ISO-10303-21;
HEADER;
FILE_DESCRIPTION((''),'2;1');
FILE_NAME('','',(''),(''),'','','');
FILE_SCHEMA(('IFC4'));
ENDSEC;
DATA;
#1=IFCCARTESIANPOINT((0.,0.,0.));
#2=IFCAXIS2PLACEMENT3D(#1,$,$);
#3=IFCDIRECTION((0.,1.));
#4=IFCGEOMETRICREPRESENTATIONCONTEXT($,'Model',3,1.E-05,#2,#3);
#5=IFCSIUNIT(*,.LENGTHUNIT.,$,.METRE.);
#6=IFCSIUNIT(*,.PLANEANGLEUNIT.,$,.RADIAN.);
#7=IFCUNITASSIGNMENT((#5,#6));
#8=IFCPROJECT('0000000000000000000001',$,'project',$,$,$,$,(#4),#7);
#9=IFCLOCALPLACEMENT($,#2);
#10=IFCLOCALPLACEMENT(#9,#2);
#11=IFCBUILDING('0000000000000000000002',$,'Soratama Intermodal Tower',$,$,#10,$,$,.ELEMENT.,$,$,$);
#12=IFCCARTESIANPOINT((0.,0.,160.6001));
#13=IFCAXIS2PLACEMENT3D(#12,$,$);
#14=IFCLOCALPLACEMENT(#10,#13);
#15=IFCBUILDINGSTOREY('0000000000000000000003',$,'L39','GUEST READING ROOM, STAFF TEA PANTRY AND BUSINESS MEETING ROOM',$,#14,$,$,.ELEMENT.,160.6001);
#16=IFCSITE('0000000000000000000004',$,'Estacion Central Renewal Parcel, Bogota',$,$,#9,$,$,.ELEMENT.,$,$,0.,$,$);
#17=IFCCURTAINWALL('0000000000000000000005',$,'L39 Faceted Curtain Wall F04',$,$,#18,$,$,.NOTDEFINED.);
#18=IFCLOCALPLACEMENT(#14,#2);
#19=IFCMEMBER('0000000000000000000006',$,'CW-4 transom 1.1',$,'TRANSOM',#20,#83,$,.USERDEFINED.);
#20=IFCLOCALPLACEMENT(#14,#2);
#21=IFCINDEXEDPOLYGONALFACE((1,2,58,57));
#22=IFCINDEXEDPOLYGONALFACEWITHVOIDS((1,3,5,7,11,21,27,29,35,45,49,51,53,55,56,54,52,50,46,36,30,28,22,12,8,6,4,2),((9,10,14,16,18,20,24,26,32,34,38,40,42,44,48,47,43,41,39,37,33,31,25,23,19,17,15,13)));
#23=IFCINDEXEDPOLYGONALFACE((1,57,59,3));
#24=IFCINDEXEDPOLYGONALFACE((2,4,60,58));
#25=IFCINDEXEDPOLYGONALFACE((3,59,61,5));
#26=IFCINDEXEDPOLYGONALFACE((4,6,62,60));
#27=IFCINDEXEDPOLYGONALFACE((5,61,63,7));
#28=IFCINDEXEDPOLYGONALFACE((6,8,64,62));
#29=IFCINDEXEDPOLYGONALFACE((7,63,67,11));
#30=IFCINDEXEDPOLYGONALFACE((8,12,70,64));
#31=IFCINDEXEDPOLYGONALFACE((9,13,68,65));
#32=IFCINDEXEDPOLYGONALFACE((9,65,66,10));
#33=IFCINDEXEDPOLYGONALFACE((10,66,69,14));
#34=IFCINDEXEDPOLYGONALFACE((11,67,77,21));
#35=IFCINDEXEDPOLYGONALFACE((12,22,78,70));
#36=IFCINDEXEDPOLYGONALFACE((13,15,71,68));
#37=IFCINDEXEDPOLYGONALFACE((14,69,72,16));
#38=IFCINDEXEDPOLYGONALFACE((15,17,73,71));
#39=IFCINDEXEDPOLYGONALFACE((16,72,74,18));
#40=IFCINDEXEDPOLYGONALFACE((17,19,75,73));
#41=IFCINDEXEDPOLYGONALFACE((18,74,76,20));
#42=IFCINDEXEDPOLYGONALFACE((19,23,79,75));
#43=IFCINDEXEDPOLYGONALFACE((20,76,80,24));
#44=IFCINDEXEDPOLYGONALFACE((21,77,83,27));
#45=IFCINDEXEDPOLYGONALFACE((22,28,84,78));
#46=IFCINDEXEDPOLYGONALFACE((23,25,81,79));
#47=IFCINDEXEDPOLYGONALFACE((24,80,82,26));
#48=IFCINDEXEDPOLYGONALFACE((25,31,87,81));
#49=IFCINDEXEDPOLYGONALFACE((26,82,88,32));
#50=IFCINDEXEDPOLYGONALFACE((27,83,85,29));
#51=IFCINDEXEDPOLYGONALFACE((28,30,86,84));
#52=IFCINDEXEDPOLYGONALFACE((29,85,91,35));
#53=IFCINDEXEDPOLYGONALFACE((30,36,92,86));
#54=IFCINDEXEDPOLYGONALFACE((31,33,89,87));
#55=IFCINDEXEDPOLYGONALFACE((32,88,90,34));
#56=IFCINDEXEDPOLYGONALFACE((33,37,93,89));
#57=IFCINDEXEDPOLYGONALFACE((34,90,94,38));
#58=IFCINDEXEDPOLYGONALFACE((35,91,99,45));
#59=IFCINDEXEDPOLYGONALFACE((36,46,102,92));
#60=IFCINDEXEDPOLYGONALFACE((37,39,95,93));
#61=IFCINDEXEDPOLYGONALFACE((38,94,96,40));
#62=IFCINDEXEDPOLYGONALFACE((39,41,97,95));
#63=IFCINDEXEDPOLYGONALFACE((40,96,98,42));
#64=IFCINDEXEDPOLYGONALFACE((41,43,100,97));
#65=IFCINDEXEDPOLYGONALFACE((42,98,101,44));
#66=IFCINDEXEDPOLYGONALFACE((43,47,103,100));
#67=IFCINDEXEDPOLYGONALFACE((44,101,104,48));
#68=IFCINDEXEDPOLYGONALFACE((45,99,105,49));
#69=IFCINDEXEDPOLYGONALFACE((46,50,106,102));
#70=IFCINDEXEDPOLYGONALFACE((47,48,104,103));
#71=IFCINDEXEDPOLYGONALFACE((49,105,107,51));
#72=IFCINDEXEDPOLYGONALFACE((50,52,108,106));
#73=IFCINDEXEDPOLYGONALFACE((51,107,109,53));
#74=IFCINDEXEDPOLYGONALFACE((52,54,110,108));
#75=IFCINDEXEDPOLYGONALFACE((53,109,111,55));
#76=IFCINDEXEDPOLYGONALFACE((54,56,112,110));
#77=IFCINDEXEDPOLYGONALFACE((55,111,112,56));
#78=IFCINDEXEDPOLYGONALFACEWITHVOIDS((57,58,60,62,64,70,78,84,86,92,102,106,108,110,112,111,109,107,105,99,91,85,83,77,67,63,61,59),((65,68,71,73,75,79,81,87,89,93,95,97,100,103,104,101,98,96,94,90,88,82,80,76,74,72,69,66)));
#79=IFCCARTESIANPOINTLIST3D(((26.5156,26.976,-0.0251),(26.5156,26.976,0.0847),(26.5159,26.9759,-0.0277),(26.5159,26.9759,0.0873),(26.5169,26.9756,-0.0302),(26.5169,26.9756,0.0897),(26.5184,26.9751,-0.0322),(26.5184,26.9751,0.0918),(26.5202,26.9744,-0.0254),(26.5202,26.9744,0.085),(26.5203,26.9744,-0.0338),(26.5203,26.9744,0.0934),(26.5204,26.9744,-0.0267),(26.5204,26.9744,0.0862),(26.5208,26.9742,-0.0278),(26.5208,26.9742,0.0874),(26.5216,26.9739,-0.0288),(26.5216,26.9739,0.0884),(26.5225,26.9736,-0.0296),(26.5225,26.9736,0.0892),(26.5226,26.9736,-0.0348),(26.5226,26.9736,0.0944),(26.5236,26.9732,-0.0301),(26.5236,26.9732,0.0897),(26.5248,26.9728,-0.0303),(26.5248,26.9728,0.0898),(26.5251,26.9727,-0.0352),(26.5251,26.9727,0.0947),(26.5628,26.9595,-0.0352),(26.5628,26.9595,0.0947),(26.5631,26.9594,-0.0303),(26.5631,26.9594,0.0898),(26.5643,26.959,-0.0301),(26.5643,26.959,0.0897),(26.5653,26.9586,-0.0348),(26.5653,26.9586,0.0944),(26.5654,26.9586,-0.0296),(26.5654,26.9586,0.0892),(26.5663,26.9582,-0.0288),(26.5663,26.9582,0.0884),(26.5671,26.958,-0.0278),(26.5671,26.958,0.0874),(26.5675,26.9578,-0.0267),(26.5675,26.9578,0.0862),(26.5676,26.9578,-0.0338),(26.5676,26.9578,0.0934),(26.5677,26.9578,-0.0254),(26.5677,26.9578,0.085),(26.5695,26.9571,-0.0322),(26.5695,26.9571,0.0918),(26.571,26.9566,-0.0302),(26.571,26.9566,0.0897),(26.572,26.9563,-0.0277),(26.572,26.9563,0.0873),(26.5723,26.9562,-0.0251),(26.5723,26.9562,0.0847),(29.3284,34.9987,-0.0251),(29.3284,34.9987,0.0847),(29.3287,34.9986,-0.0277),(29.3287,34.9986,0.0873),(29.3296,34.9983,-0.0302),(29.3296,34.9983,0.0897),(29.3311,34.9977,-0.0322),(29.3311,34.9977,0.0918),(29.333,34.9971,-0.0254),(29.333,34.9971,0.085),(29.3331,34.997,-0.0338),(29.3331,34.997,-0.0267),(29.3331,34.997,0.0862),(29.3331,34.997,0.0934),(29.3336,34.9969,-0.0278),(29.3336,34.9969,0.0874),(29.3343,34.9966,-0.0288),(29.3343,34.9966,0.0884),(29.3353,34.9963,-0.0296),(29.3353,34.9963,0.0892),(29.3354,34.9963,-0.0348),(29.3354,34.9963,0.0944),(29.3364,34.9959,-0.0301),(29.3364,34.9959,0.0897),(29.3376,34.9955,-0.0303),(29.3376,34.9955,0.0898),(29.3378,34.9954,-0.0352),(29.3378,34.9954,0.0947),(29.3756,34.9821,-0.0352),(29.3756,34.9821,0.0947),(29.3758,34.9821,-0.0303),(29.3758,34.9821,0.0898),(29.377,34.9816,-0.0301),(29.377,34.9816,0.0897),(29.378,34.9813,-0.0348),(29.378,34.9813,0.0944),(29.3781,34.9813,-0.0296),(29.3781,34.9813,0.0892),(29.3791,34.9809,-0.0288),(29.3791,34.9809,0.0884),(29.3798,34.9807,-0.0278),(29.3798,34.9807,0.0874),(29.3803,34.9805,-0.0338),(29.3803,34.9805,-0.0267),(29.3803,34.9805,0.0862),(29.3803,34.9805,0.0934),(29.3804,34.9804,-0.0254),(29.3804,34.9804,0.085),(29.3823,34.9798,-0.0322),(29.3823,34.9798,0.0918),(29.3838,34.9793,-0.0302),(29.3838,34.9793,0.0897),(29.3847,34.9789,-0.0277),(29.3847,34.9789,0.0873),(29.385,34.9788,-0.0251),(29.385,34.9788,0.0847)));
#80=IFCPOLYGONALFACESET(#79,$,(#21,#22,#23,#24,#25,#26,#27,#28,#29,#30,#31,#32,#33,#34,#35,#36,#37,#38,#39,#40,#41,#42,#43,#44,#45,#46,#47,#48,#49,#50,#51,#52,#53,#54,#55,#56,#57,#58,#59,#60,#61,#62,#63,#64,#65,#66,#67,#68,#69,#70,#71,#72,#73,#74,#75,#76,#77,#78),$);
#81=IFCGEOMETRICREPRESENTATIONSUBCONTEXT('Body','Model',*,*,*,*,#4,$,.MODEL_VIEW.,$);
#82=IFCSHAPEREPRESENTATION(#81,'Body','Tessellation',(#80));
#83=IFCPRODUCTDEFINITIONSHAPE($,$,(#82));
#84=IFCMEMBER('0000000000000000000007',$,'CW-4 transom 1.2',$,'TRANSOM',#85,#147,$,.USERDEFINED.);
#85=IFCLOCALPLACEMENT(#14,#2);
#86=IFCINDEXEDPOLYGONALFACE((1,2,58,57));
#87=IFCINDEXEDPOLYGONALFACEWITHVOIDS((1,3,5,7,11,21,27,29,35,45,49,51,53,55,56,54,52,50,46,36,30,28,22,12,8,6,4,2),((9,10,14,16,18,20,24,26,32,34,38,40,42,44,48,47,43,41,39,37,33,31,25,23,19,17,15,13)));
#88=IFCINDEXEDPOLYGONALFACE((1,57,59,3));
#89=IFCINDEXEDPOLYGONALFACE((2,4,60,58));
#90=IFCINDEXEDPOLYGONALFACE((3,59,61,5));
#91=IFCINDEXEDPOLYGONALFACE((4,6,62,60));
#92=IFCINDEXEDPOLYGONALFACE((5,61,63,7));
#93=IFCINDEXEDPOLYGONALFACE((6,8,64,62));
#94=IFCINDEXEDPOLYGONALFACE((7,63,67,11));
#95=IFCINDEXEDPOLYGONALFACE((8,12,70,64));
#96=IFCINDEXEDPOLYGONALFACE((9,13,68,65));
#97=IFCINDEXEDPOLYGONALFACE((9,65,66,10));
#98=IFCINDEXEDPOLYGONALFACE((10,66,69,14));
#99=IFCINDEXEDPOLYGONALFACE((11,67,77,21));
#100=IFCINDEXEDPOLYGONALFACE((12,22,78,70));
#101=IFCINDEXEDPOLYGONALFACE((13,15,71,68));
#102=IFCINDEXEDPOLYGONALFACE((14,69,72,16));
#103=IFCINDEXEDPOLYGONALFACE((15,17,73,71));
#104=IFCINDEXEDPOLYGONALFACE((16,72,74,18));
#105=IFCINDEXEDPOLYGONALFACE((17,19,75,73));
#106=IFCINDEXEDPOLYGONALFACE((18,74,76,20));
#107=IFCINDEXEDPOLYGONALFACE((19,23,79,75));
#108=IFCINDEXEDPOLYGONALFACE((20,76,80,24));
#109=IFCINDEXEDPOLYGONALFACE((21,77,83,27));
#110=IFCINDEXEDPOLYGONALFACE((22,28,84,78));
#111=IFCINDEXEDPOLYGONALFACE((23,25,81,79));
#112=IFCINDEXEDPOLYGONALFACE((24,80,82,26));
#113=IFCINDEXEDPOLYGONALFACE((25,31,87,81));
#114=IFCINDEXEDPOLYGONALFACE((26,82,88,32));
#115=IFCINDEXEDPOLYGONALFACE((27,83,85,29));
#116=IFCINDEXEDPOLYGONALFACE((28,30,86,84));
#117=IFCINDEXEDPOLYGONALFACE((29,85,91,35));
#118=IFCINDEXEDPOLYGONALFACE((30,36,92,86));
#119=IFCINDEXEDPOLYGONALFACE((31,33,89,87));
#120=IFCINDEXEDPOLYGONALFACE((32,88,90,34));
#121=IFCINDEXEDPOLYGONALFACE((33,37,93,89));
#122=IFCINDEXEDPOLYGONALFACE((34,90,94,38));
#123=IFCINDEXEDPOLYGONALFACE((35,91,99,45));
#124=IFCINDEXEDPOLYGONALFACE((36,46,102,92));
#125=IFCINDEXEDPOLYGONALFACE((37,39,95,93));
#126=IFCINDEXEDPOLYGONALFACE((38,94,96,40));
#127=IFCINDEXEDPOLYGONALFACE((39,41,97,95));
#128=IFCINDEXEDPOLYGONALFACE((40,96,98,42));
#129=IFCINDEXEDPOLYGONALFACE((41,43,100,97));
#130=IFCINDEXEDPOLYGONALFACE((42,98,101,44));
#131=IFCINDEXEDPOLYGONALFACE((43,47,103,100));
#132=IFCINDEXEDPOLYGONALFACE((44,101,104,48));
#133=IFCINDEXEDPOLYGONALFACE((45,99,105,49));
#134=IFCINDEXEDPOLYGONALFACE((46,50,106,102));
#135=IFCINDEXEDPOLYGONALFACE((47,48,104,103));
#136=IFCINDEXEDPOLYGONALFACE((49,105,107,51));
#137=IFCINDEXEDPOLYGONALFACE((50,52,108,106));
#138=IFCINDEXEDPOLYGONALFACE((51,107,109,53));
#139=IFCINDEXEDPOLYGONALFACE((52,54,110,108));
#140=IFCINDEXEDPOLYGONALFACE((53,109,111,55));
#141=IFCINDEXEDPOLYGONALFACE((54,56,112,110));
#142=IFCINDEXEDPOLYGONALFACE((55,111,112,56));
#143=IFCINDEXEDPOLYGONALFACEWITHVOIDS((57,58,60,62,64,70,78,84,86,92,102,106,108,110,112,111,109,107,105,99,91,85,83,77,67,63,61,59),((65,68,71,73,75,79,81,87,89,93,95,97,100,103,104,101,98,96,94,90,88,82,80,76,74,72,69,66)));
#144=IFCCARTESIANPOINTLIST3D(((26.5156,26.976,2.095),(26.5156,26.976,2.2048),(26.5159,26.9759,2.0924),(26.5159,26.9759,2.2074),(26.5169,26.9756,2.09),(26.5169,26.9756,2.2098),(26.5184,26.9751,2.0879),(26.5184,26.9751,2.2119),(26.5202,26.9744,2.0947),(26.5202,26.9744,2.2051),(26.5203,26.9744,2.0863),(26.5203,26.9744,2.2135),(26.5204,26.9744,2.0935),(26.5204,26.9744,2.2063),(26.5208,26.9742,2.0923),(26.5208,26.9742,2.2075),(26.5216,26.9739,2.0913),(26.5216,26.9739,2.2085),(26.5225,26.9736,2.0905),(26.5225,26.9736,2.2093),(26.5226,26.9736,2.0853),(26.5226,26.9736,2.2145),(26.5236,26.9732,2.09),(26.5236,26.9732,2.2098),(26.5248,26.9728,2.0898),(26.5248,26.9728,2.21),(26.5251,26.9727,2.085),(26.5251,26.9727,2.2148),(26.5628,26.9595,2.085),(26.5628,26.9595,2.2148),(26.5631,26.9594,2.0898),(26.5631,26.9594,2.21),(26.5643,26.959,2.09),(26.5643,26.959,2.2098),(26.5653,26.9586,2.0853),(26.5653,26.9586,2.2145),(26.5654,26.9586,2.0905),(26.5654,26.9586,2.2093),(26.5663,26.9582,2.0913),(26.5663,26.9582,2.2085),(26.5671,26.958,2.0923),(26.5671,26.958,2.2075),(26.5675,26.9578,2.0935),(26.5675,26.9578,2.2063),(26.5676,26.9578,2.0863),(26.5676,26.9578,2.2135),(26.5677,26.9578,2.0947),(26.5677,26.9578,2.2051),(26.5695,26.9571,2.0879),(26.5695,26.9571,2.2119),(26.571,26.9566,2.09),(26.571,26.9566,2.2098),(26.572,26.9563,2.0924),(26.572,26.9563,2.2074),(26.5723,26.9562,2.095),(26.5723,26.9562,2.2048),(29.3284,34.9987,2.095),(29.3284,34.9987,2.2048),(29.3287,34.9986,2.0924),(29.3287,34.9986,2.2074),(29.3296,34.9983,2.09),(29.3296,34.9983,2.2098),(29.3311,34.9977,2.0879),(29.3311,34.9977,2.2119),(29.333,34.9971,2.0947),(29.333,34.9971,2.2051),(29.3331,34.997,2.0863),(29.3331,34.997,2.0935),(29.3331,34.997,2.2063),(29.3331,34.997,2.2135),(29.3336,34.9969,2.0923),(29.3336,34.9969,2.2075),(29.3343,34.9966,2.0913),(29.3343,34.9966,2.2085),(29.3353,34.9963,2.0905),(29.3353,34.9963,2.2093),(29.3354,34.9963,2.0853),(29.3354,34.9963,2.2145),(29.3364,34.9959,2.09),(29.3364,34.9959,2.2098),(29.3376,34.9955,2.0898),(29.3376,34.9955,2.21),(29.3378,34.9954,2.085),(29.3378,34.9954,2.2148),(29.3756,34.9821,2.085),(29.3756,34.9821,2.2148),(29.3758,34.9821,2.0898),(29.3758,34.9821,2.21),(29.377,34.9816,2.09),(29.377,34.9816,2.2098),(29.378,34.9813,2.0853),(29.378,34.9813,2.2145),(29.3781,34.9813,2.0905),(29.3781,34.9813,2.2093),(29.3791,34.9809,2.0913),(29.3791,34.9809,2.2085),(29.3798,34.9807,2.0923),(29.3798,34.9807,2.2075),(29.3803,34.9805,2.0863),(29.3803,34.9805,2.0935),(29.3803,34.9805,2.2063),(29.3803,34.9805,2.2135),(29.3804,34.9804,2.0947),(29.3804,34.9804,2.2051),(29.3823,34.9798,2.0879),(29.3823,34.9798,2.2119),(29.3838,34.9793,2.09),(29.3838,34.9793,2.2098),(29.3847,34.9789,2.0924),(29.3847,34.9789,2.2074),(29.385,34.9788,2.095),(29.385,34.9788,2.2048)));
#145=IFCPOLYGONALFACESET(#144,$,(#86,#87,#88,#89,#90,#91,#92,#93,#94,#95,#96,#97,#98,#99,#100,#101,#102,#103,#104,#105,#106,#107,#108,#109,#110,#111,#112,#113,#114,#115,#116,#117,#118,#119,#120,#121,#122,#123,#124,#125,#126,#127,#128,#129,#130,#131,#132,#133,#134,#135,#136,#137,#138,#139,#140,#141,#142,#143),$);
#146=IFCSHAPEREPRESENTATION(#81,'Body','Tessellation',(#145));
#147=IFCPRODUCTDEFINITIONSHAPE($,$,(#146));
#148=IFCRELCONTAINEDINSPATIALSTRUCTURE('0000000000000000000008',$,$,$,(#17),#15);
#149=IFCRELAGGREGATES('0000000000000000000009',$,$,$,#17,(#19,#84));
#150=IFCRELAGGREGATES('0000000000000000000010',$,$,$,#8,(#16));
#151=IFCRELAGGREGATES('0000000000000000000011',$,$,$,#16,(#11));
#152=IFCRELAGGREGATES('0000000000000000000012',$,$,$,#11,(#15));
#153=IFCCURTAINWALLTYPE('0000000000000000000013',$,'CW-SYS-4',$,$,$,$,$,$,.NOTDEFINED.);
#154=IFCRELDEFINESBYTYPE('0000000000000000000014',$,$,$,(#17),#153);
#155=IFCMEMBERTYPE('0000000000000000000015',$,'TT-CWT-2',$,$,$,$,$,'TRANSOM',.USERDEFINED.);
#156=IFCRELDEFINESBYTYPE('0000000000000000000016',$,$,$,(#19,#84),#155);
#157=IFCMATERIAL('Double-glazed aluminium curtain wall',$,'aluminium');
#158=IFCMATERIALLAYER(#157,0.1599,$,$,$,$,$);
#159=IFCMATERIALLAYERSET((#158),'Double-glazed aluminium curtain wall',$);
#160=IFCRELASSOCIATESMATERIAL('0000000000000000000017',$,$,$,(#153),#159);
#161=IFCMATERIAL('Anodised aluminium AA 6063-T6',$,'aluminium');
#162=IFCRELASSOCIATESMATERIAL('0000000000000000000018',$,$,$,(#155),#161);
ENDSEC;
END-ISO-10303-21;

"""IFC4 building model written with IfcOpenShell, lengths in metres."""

from ifc_helpers import new_model, si_unit, direction, frame, origin, origin_2d, place, context, subcontext, project, spatial, hollow_rectangle, extrude, material, layer, layer_set, material_profile, profile_set, type_object, element, aggregate, save


model = new_model("IFC4")

# Units and contexts
model_context = context("Model", 3, precision=1e-05, world=origin(), true_north=direction((0.0, 1.0)))
body_context = subcontext(model_context, "Body", "Model", "MODEL_VIEW")
ifc_project = project(units=[si_unit("LENGTHUNIT", "METRE"), si_unit("PLANEANGLEUNIT", "RADIAN")], contexts=[model_context])

# Site, building, storey
site_placement = place(None, origin())
site = spatial("IfcSite", under=ifc_project, at=site_placement, Name="Estacion Central Renewal Parcel, Bogota", CompositionType="ELEMENT", RefElevation=0.0)
building_placement = place(site_placement, origin())
building = spatial("IfcBuilding", under=site, at=building_placement, Name="Soratama Intermodal Tower", CompositionType="ELEMENT")
storey_placement = place(building_placement, frame((0.0, 0.0, 160.6001)))
storey = spatial("IfcBuildingStorey", under=building, at=storey_placement, Name="L39", Description="GUEST READING ROOM, STAFF TEA PANTRY AND BUSINESS MEETING ROOM", CompositionType="ELEMENT", Elevation=160.6001)

# Shared definitions
ifc_material_1 = material(Name="Double-glazed aluminium curtain wall", Category="aluminium")
ifc_layer_1 = layer(ifc_material_1, 0.1599)
ifc_layer_set_1 = layer_set([ifc_layer_1], Name="Double-glazed aluminium curtain wall")
curtain_wall_type = type_object("IfcCurtainWallType", Name="CW-SYS-4", PredefinedType="NOTDEFINED", material=ifc_layer_set_1)

# Curtain wall
curtain_wall_1_placement = place(storey_placement, origin())
curtain_wall_1 = element("IfcCurtainWall", 1, at=curtain_wall_1_placement, inside=storey, type_object=curtain_wall_type, Name="L39 Faceted Curtain Wall F04", PredefinedType="NOTDEFINED")

# Members
ifc_material_2 = material(Name="Anodised aluminium AA 6063-T6", Category="aluminium")
ifc_material_profile_1 = material_profile(ifc_material_2, hollow_rectangle(XDim=0.0601, YDim=0.1299, WallThickness=0.0049, InnerFilletRadius=0.0049, OuterFilletRadius=0.01, at=origin_2d()), Name="CWT130X60X5")
ifc_profile_set_1 = profile_set([ifc_material_profile_1], Name="Anodised aluminium AA 6063-T6")
member_type_1 = type_object("IfcMemberType", Name="TT-CWT-2", ElementType="TRANSOM", PredefinedType="USERDEFINED", material=ifc_profile_set_1)
member_1_placement = place(storey_placement, frame((29.3567, 34.9888, 0.0298), z_axis=(-0.330853, -0.943682, 0.0), x_axis=(0.943682, -0.330853, 0.0)))
member_1 = element("IfcMember", 2, at=member_1_placement, type_object=member_type_1, Name="CW-4 transom 1.1", ObjectType="TRANSOM", PredefinedType="USERDEFINED", context=body_context, shape_type="SweptSolid", body=[
    extrude(hollow_rectangle(XDim=0.0601, YDim=0.1299, WallThickness=0.0049, InnerFilletRadius=0.0049, OuterFilletRadius=0.01, at=origin_2d()), origin(), (0.0, 0.0, 1.0), 8.5015),
])
member_2_placement = place(storey_placement, frame((29.3567, 34.9888, 2.1499), z_axis=(-0.330853, -0.943682, 0.0), x_axis=(0.943682, -0.330853, 0.0)))
member_2 = element("IfcMember", 3, at=member_2_placement, type_object=member_type_1, Name="CW-4 transom 1.2", ObjectType="TRANSOM", PredefinedType="USERDEFINED", context=body_context, shape_type="SweptSolid", body=[
    extrude(hollow_rectangle(XDim=0.0601, YDim=0.1299, WallThickness=0.0049, InnerFilletRadius=0.0049, OuterFilletRadius=0.01, at=origin_2d()), origin(), (0.0, 0.0, 1.0), 8.5015),
])
aggregate(curtain_wall_1, [member_1, member_2])

save(model, "model.ifc")
